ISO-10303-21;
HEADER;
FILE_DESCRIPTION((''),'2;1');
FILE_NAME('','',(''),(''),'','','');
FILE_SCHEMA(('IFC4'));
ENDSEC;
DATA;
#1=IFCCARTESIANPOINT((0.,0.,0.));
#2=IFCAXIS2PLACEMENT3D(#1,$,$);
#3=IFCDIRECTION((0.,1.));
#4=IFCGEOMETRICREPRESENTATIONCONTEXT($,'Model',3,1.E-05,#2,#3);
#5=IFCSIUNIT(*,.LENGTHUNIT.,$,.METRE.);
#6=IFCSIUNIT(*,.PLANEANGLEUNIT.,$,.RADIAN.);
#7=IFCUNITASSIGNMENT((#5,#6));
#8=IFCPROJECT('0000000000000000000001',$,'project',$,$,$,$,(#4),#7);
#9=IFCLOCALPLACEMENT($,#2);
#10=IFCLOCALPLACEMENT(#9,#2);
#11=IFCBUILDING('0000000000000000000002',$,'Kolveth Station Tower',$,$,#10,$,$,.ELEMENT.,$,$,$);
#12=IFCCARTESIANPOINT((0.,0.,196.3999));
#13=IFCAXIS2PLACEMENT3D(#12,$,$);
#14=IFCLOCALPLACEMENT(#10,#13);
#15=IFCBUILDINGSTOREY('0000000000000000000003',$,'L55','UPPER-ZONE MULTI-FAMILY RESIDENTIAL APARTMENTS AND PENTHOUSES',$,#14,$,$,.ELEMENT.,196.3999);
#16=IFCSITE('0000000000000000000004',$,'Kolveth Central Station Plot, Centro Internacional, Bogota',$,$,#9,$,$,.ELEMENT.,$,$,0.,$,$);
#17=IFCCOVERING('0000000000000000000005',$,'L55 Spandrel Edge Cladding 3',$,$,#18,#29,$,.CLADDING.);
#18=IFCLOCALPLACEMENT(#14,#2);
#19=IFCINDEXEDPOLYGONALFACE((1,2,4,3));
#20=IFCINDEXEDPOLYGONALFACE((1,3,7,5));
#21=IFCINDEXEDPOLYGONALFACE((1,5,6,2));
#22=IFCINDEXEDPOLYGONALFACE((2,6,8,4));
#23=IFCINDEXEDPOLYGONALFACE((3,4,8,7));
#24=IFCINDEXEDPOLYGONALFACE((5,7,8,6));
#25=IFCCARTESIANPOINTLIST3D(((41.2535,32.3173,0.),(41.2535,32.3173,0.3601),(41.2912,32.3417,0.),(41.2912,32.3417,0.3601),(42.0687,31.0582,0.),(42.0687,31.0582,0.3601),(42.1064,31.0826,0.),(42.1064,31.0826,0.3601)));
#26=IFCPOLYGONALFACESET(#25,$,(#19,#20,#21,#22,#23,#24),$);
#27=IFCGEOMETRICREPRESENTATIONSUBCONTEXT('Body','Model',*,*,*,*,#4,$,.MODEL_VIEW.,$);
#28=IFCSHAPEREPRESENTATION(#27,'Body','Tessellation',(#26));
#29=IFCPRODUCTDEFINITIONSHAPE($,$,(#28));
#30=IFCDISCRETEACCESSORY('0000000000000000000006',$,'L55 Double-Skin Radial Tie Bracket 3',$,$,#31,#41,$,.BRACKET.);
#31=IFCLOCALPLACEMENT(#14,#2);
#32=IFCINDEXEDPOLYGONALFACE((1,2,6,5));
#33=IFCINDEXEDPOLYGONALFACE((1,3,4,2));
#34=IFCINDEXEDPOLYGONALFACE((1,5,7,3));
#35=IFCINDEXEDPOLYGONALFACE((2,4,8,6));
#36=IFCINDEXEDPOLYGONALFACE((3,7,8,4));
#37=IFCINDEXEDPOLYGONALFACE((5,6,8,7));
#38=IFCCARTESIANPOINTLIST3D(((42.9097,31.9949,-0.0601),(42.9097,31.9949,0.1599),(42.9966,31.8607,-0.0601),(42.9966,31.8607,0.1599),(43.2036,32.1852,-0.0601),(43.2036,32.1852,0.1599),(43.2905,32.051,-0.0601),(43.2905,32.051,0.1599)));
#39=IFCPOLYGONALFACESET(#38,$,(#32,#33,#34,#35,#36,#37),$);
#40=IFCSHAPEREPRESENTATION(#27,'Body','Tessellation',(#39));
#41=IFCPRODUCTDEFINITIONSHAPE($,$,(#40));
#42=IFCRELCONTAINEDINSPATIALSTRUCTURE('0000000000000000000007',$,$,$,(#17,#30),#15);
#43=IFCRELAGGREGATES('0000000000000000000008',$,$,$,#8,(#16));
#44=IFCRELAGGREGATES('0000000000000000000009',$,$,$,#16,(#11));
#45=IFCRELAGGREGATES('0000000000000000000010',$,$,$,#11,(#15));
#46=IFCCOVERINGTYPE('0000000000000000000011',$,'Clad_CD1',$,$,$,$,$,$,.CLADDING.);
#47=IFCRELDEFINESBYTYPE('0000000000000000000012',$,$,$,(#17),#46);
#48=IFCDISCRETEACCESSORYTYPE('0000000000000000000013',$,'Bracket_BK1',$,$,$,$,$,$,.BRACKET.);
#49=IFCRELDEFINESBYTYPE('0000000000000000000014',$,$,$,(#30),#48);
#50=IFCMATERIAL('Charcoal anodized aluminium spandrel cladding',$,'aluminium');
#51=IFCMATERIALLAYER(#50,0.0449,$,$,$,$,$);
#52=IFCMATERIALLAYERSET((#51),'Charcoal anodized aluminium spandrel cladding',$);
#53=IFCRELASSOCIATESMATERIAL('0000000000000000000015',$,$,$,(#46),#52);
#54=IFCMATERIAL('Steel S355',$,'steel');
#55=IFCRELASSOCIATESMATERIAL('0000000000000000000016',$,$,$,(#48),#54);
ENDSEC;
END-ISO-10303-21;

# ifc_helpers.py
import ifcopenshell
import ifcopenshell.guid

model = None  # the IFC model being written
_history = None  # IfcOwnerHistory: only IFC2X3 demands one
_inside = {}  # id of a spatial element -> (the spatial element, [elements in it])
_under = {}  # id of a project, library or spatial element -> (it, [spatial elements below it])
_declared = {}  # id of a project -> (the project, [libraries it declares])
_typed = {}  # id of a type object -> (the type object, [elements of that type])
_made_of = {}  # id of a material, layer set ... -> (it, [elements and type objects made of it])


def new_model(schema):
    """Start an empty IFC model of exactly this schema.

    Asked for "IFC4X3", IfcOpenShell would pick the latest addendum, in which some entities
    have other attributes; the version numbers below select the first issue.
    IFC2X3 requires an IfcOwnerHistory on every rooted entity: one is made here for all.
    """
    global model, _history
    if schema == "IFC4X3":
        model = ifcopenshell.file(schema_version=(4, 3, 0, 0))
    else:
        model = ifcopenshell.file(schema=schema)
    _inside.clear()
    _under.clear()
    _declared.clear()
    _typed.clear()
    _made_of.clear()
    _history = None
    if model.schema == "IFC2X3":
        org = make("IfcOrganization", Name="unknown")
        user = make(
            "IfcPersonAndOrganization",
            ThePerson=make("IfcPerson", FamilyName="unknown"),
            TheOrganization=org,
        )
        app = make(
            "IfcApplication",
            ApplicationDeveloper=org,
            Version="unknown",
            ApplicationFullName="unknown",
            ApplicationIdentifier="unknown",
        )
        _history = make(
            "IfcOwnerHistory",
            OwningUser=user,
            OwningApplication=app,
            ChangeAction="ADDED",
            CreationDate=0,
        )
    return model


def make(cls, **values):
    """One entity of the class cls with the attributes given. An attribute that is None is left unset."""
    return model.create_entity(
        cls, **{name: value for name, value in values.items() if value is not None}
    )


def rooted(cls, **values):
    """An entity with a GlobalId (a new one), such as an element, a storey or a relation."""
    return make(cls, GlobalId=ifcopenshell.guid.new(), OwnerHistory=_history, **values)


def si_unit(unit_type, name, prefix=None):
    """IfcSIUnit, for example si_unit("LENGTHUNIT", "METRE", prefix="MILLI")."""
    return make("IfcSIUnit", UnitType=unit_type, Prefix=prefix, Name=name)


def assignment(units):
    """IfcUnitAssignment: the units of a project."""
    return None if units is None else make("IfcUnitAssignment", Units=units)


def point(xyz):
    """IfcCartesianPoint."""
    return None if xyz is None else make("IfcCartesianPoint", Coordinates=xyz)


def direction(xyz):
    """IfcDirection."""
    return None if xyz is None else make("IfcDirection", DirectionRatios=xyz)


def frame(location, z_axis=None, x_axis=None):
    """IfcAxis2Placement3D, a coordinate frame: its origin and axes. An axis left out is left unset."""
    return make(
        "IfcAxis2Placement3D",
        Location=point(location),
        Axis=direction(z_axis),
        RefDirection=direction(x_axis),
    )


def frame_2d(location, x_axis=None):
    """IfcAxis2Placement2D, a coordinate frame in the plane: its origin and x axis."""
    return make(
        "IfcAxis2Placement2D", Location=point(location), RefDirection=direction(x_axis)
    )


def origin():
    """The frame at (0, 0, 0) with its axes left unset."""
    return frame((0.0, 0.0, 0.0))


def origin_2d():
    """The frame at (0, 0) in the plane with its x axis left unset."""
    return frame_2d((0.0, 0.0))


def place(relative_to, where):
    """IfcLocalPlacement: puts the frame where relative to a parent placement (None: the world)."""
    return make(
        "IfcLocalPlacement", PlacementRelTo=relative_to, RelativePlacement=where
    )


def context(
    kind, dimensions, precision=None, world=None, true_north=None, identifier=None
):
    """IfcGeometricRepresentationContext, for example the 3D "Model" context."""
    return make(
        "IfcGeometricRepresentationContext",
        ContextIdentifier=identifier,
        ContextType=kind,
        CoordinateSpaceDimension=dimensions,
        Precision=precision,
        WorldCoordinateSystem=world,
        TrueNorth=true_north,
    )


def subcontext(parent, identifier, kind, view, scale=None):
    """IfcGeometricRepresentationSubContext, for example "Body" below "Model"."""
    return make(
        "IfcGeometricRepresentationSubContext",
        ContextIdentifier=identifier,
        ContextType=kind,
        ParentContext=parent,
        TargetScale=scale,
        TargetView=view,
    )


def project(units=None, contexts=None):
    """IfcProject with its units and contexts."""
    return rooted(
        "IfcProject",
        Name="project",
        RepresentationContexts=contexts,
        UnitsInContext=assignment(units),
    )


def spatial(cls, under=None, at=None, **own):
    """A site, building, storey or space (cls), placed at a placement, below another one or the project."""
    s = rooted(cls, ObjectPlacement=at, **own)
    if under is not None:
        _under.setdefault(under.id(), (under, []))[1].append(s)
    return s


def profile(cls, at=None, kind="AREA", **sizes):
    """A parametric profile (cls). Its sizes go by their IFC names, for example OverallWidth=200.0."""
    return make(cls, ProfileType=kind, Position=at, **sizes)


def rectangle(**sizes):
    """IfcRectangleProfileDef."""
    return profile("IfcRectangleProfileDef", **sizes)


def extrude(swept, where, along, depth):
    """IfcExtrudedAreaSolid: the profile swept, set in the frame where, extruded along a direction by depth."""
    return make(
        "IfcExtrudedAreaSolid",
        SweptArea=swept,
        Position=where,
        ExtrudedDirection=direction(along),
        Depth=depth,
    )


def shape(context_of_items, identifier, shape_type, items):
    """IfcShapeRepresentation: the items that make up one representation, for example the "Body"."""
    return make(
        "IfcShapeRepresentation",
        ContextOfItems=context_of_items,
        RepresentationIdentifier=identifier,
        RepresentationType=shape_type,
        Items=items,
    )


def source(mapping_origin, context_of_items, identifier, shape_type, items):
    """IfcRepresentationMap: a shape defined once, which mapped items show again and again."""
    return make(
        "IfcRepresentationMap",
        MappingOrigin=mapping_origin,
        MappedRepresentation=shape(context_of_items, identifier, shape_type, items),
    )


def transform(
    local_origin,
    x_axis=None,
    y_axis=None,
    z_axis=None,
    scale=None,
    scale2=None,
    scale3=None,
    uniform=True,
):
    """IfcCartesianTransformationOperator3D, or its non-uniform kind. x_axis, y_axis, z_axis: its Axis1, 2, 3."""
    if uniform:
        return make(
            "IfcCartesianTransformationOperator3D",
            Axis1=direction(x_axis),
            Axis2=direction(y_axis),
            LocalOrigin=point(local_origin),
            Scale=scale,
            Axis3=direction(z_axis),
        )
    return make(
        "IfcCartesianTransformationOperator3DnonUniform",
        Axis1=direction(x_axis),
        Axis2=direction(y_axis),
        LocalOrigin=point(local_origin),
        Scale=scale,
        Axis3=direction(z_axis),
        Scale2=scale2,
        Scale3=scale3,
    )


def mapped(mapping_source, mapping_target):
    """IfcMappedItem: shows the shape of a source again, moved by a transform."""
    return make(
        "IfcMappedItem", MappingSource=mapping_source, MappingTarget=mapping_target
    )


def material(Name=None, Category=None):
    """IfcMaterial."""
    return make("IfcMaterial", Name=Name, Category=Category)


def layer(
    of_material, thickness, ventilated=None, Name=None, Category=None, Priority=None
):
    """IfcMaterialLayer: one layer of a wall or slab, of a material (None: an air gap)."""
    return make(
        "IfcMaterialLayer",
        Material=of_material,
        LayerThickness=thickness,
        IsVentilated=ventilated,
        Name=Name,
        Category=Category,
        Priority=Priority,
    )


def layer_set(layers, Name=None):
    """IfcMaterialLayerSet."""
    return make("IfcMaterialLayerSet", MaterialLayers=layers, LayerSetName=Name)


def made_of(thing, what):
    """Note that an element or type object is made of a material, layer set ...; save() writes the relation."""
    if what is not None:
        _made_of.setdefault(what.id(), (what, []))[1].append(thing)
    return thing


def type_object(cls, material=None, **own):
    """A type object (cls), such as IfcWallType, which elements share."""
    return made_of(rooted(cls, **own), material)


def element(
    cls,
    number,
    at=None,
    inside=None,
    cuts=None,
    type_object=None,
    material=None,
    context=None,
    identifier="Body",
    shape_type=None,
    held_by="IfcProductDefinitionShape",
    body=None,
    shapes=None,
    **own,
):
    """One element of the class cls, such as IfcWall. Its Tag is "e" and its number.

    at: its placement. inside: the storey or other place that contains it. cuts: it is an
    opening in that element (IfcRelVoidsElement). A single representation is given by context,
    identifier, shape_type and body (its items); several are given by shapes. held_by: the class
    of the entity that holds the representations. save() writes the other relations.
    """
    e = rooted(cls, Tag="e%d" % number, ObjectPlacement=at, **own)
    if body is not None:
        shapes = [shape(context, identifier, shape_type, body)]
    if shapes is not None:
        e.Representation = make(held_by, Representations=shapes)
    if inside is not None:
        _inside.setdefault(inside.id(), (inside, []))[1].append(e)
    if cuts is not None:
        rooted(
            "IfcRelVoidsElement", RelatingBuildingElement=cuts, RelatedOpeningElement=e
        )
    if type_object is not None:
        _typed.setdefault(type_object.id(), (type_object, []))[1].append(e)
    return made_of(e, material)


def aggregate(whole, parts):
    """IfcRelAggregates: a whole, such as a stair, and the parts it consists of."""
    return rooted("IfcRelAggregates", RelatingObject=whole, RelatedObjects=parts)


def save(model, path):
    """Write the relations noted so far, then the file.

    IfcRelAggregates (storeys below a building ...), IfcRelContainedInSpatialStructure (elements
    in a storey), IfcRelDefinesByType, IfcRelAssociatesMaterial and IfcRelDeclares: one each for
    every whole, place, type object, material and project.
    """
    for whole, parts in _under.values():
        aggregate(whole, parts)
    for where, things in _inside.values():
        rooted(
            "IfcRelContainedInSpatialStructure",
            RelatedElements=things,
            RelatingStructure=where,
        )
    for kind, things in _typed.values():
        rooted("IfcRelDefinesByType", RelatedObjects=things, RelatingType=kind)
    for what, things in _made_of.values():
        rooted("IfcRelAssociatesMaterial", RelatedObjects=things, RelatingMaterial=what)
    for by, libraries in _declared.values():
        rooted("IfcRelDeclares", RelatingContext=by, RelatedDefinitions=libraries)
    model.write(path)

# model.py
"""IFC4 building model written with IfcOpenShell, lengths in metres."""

from ifc_helpers import new_model, si_unit, direction, frame, origin, origin_2d, place, context, subcontext, project, spatial, rectangle, extrude, source, transform, mapped, material, layer, layer_set, type_object, element, save


model = new_model("IFC4")

# Units and contexts
model_context = context("Model", 3, precision=1e-05, world=origin(), true_north=direction((0.0, 1.0)))
body_context = subcontext(model_context, "Body", "Model", "MODEL_VIEW")
ifc_project = project(units=[si_unit("LENGTHUNIT", "METRE"), si_unit("PLANEANGLEUNIT", "RADIAN")], contexts=[model_context])

# Site, building, storey
site_placement = place(None, origin())
site = spatial("IfcSite", under=ifc_project, at=site_placement, Name="Kolveth Central Station Plot, Centro Internacional, Bogota", CompositionType="ELEMENT", RefElevation=0.0)
building_placement = place(site_placement, origin())
building = spatial("IfcBuilding", under=site, at=building_placement, Name="Kolveth Station Tower", CompositionType="ELEMENT")
storey_placement = place(building_placement, frame((0.0, 0.0, 196.3999)))
storey = spatial("IfcBuildingStorey", under=building, at=storey_placement, Name="L55", Description="UPPER-ZONE MULTI-FAMILY RESIDENTIAL APARTMENTS AND PENTHOUSES", CompositionType="ELEMENT", Elevation=196.3999)

# Shared definitions
ifc_material_1 = material(Name="Steel S355", Category="steel")

# Covering
ifc_material_2 = material(Name="Charcoal anodized aluminium spandrel cladding", Category="aluminium")
ifc_layer_1 = layer(ifc_material_2, 0.0449)
ifc_layer_set_1 = layer_set([ifc_layer_1], Name="Charcoal anodized aluminium spandrel cladding")
covering_type = type_object("IfcCoveringType", Name="Clad_CD1", PredefinedType="CLADDING", material=ifc_layer_set_1)
shared_shape_1 = source(origin(), body_context, "Body", "SweptSolid", [
    extrude(rectangle(XDim=1.5, YDim=0.0449, at=origin_2d()), origin(), (0.0, 0.0, 1.0), 0.3601),
])
covering_placement = place(storey_placement, frame((41.6799, 31.7, 0.0), z_axis=(0.0, 0.0, 1.0), x_axis=(-0.543467, 0.83943, 0.0)))
element("IfcCovering", 1, at=covering_placement, inside=storey, type_object=covering_type, Name="L55 Spandrel Edge Cladding 3", PredefinedType="CLADDING", context=body_context, shape_type="MappedRepresentation", body=[
    mapped(shared_shape_1, transform((0.0, 0.0, 0.0), x_axis=(1.0, 0.0, 0.0), y_axis=(0.0, 1.0, 0.0), z_axis=(0.0, 0.0, 1.0), scale=1.0)),
])

# Discrete accessory
discrete_accessory_type = type_object("IfcDiscreteAccessoryType", Name="Bracket_BK1", PredefinedType="BRACKET", material=ifc_material_1)
shared_shape_2 = source(origin(), body_context, "Body", "SweptSolid", [
    extrude(rectangle(XDim=0.3501, YDim=0.1599, at=origin_2d()), origin(), (0.0, 0.0, 1.0), 0.22),
])
discrete_accessory_placement = place(storey_placement, frame((43.1001, 32.0229, -0.0601), z_axis=(0.0, 0.0, 1.0), x_axis=(0.83943, 0.543467, 0.0)))
element("IfcDiscreteAccessory", 2, at=discrete_accessory_placement, inside=storey, type_object=discrete_accessory_type, Name="L55 Double-Skin Radial Tie Bracket 3", PredefinedType="BRACKET", context=body_context, shape_type="MappedRepresentation", body=[
    mapped(shared_shape_2, transform((0.0, 0.0, 0.0), x_axis=(1.0, 0.0, 0.0), y_axis=(0.0, 1.0, 0.0), z_axis=(0.0, 0.0, 1.0), scale=1.0)),
])

save(model, "model.ifc")
